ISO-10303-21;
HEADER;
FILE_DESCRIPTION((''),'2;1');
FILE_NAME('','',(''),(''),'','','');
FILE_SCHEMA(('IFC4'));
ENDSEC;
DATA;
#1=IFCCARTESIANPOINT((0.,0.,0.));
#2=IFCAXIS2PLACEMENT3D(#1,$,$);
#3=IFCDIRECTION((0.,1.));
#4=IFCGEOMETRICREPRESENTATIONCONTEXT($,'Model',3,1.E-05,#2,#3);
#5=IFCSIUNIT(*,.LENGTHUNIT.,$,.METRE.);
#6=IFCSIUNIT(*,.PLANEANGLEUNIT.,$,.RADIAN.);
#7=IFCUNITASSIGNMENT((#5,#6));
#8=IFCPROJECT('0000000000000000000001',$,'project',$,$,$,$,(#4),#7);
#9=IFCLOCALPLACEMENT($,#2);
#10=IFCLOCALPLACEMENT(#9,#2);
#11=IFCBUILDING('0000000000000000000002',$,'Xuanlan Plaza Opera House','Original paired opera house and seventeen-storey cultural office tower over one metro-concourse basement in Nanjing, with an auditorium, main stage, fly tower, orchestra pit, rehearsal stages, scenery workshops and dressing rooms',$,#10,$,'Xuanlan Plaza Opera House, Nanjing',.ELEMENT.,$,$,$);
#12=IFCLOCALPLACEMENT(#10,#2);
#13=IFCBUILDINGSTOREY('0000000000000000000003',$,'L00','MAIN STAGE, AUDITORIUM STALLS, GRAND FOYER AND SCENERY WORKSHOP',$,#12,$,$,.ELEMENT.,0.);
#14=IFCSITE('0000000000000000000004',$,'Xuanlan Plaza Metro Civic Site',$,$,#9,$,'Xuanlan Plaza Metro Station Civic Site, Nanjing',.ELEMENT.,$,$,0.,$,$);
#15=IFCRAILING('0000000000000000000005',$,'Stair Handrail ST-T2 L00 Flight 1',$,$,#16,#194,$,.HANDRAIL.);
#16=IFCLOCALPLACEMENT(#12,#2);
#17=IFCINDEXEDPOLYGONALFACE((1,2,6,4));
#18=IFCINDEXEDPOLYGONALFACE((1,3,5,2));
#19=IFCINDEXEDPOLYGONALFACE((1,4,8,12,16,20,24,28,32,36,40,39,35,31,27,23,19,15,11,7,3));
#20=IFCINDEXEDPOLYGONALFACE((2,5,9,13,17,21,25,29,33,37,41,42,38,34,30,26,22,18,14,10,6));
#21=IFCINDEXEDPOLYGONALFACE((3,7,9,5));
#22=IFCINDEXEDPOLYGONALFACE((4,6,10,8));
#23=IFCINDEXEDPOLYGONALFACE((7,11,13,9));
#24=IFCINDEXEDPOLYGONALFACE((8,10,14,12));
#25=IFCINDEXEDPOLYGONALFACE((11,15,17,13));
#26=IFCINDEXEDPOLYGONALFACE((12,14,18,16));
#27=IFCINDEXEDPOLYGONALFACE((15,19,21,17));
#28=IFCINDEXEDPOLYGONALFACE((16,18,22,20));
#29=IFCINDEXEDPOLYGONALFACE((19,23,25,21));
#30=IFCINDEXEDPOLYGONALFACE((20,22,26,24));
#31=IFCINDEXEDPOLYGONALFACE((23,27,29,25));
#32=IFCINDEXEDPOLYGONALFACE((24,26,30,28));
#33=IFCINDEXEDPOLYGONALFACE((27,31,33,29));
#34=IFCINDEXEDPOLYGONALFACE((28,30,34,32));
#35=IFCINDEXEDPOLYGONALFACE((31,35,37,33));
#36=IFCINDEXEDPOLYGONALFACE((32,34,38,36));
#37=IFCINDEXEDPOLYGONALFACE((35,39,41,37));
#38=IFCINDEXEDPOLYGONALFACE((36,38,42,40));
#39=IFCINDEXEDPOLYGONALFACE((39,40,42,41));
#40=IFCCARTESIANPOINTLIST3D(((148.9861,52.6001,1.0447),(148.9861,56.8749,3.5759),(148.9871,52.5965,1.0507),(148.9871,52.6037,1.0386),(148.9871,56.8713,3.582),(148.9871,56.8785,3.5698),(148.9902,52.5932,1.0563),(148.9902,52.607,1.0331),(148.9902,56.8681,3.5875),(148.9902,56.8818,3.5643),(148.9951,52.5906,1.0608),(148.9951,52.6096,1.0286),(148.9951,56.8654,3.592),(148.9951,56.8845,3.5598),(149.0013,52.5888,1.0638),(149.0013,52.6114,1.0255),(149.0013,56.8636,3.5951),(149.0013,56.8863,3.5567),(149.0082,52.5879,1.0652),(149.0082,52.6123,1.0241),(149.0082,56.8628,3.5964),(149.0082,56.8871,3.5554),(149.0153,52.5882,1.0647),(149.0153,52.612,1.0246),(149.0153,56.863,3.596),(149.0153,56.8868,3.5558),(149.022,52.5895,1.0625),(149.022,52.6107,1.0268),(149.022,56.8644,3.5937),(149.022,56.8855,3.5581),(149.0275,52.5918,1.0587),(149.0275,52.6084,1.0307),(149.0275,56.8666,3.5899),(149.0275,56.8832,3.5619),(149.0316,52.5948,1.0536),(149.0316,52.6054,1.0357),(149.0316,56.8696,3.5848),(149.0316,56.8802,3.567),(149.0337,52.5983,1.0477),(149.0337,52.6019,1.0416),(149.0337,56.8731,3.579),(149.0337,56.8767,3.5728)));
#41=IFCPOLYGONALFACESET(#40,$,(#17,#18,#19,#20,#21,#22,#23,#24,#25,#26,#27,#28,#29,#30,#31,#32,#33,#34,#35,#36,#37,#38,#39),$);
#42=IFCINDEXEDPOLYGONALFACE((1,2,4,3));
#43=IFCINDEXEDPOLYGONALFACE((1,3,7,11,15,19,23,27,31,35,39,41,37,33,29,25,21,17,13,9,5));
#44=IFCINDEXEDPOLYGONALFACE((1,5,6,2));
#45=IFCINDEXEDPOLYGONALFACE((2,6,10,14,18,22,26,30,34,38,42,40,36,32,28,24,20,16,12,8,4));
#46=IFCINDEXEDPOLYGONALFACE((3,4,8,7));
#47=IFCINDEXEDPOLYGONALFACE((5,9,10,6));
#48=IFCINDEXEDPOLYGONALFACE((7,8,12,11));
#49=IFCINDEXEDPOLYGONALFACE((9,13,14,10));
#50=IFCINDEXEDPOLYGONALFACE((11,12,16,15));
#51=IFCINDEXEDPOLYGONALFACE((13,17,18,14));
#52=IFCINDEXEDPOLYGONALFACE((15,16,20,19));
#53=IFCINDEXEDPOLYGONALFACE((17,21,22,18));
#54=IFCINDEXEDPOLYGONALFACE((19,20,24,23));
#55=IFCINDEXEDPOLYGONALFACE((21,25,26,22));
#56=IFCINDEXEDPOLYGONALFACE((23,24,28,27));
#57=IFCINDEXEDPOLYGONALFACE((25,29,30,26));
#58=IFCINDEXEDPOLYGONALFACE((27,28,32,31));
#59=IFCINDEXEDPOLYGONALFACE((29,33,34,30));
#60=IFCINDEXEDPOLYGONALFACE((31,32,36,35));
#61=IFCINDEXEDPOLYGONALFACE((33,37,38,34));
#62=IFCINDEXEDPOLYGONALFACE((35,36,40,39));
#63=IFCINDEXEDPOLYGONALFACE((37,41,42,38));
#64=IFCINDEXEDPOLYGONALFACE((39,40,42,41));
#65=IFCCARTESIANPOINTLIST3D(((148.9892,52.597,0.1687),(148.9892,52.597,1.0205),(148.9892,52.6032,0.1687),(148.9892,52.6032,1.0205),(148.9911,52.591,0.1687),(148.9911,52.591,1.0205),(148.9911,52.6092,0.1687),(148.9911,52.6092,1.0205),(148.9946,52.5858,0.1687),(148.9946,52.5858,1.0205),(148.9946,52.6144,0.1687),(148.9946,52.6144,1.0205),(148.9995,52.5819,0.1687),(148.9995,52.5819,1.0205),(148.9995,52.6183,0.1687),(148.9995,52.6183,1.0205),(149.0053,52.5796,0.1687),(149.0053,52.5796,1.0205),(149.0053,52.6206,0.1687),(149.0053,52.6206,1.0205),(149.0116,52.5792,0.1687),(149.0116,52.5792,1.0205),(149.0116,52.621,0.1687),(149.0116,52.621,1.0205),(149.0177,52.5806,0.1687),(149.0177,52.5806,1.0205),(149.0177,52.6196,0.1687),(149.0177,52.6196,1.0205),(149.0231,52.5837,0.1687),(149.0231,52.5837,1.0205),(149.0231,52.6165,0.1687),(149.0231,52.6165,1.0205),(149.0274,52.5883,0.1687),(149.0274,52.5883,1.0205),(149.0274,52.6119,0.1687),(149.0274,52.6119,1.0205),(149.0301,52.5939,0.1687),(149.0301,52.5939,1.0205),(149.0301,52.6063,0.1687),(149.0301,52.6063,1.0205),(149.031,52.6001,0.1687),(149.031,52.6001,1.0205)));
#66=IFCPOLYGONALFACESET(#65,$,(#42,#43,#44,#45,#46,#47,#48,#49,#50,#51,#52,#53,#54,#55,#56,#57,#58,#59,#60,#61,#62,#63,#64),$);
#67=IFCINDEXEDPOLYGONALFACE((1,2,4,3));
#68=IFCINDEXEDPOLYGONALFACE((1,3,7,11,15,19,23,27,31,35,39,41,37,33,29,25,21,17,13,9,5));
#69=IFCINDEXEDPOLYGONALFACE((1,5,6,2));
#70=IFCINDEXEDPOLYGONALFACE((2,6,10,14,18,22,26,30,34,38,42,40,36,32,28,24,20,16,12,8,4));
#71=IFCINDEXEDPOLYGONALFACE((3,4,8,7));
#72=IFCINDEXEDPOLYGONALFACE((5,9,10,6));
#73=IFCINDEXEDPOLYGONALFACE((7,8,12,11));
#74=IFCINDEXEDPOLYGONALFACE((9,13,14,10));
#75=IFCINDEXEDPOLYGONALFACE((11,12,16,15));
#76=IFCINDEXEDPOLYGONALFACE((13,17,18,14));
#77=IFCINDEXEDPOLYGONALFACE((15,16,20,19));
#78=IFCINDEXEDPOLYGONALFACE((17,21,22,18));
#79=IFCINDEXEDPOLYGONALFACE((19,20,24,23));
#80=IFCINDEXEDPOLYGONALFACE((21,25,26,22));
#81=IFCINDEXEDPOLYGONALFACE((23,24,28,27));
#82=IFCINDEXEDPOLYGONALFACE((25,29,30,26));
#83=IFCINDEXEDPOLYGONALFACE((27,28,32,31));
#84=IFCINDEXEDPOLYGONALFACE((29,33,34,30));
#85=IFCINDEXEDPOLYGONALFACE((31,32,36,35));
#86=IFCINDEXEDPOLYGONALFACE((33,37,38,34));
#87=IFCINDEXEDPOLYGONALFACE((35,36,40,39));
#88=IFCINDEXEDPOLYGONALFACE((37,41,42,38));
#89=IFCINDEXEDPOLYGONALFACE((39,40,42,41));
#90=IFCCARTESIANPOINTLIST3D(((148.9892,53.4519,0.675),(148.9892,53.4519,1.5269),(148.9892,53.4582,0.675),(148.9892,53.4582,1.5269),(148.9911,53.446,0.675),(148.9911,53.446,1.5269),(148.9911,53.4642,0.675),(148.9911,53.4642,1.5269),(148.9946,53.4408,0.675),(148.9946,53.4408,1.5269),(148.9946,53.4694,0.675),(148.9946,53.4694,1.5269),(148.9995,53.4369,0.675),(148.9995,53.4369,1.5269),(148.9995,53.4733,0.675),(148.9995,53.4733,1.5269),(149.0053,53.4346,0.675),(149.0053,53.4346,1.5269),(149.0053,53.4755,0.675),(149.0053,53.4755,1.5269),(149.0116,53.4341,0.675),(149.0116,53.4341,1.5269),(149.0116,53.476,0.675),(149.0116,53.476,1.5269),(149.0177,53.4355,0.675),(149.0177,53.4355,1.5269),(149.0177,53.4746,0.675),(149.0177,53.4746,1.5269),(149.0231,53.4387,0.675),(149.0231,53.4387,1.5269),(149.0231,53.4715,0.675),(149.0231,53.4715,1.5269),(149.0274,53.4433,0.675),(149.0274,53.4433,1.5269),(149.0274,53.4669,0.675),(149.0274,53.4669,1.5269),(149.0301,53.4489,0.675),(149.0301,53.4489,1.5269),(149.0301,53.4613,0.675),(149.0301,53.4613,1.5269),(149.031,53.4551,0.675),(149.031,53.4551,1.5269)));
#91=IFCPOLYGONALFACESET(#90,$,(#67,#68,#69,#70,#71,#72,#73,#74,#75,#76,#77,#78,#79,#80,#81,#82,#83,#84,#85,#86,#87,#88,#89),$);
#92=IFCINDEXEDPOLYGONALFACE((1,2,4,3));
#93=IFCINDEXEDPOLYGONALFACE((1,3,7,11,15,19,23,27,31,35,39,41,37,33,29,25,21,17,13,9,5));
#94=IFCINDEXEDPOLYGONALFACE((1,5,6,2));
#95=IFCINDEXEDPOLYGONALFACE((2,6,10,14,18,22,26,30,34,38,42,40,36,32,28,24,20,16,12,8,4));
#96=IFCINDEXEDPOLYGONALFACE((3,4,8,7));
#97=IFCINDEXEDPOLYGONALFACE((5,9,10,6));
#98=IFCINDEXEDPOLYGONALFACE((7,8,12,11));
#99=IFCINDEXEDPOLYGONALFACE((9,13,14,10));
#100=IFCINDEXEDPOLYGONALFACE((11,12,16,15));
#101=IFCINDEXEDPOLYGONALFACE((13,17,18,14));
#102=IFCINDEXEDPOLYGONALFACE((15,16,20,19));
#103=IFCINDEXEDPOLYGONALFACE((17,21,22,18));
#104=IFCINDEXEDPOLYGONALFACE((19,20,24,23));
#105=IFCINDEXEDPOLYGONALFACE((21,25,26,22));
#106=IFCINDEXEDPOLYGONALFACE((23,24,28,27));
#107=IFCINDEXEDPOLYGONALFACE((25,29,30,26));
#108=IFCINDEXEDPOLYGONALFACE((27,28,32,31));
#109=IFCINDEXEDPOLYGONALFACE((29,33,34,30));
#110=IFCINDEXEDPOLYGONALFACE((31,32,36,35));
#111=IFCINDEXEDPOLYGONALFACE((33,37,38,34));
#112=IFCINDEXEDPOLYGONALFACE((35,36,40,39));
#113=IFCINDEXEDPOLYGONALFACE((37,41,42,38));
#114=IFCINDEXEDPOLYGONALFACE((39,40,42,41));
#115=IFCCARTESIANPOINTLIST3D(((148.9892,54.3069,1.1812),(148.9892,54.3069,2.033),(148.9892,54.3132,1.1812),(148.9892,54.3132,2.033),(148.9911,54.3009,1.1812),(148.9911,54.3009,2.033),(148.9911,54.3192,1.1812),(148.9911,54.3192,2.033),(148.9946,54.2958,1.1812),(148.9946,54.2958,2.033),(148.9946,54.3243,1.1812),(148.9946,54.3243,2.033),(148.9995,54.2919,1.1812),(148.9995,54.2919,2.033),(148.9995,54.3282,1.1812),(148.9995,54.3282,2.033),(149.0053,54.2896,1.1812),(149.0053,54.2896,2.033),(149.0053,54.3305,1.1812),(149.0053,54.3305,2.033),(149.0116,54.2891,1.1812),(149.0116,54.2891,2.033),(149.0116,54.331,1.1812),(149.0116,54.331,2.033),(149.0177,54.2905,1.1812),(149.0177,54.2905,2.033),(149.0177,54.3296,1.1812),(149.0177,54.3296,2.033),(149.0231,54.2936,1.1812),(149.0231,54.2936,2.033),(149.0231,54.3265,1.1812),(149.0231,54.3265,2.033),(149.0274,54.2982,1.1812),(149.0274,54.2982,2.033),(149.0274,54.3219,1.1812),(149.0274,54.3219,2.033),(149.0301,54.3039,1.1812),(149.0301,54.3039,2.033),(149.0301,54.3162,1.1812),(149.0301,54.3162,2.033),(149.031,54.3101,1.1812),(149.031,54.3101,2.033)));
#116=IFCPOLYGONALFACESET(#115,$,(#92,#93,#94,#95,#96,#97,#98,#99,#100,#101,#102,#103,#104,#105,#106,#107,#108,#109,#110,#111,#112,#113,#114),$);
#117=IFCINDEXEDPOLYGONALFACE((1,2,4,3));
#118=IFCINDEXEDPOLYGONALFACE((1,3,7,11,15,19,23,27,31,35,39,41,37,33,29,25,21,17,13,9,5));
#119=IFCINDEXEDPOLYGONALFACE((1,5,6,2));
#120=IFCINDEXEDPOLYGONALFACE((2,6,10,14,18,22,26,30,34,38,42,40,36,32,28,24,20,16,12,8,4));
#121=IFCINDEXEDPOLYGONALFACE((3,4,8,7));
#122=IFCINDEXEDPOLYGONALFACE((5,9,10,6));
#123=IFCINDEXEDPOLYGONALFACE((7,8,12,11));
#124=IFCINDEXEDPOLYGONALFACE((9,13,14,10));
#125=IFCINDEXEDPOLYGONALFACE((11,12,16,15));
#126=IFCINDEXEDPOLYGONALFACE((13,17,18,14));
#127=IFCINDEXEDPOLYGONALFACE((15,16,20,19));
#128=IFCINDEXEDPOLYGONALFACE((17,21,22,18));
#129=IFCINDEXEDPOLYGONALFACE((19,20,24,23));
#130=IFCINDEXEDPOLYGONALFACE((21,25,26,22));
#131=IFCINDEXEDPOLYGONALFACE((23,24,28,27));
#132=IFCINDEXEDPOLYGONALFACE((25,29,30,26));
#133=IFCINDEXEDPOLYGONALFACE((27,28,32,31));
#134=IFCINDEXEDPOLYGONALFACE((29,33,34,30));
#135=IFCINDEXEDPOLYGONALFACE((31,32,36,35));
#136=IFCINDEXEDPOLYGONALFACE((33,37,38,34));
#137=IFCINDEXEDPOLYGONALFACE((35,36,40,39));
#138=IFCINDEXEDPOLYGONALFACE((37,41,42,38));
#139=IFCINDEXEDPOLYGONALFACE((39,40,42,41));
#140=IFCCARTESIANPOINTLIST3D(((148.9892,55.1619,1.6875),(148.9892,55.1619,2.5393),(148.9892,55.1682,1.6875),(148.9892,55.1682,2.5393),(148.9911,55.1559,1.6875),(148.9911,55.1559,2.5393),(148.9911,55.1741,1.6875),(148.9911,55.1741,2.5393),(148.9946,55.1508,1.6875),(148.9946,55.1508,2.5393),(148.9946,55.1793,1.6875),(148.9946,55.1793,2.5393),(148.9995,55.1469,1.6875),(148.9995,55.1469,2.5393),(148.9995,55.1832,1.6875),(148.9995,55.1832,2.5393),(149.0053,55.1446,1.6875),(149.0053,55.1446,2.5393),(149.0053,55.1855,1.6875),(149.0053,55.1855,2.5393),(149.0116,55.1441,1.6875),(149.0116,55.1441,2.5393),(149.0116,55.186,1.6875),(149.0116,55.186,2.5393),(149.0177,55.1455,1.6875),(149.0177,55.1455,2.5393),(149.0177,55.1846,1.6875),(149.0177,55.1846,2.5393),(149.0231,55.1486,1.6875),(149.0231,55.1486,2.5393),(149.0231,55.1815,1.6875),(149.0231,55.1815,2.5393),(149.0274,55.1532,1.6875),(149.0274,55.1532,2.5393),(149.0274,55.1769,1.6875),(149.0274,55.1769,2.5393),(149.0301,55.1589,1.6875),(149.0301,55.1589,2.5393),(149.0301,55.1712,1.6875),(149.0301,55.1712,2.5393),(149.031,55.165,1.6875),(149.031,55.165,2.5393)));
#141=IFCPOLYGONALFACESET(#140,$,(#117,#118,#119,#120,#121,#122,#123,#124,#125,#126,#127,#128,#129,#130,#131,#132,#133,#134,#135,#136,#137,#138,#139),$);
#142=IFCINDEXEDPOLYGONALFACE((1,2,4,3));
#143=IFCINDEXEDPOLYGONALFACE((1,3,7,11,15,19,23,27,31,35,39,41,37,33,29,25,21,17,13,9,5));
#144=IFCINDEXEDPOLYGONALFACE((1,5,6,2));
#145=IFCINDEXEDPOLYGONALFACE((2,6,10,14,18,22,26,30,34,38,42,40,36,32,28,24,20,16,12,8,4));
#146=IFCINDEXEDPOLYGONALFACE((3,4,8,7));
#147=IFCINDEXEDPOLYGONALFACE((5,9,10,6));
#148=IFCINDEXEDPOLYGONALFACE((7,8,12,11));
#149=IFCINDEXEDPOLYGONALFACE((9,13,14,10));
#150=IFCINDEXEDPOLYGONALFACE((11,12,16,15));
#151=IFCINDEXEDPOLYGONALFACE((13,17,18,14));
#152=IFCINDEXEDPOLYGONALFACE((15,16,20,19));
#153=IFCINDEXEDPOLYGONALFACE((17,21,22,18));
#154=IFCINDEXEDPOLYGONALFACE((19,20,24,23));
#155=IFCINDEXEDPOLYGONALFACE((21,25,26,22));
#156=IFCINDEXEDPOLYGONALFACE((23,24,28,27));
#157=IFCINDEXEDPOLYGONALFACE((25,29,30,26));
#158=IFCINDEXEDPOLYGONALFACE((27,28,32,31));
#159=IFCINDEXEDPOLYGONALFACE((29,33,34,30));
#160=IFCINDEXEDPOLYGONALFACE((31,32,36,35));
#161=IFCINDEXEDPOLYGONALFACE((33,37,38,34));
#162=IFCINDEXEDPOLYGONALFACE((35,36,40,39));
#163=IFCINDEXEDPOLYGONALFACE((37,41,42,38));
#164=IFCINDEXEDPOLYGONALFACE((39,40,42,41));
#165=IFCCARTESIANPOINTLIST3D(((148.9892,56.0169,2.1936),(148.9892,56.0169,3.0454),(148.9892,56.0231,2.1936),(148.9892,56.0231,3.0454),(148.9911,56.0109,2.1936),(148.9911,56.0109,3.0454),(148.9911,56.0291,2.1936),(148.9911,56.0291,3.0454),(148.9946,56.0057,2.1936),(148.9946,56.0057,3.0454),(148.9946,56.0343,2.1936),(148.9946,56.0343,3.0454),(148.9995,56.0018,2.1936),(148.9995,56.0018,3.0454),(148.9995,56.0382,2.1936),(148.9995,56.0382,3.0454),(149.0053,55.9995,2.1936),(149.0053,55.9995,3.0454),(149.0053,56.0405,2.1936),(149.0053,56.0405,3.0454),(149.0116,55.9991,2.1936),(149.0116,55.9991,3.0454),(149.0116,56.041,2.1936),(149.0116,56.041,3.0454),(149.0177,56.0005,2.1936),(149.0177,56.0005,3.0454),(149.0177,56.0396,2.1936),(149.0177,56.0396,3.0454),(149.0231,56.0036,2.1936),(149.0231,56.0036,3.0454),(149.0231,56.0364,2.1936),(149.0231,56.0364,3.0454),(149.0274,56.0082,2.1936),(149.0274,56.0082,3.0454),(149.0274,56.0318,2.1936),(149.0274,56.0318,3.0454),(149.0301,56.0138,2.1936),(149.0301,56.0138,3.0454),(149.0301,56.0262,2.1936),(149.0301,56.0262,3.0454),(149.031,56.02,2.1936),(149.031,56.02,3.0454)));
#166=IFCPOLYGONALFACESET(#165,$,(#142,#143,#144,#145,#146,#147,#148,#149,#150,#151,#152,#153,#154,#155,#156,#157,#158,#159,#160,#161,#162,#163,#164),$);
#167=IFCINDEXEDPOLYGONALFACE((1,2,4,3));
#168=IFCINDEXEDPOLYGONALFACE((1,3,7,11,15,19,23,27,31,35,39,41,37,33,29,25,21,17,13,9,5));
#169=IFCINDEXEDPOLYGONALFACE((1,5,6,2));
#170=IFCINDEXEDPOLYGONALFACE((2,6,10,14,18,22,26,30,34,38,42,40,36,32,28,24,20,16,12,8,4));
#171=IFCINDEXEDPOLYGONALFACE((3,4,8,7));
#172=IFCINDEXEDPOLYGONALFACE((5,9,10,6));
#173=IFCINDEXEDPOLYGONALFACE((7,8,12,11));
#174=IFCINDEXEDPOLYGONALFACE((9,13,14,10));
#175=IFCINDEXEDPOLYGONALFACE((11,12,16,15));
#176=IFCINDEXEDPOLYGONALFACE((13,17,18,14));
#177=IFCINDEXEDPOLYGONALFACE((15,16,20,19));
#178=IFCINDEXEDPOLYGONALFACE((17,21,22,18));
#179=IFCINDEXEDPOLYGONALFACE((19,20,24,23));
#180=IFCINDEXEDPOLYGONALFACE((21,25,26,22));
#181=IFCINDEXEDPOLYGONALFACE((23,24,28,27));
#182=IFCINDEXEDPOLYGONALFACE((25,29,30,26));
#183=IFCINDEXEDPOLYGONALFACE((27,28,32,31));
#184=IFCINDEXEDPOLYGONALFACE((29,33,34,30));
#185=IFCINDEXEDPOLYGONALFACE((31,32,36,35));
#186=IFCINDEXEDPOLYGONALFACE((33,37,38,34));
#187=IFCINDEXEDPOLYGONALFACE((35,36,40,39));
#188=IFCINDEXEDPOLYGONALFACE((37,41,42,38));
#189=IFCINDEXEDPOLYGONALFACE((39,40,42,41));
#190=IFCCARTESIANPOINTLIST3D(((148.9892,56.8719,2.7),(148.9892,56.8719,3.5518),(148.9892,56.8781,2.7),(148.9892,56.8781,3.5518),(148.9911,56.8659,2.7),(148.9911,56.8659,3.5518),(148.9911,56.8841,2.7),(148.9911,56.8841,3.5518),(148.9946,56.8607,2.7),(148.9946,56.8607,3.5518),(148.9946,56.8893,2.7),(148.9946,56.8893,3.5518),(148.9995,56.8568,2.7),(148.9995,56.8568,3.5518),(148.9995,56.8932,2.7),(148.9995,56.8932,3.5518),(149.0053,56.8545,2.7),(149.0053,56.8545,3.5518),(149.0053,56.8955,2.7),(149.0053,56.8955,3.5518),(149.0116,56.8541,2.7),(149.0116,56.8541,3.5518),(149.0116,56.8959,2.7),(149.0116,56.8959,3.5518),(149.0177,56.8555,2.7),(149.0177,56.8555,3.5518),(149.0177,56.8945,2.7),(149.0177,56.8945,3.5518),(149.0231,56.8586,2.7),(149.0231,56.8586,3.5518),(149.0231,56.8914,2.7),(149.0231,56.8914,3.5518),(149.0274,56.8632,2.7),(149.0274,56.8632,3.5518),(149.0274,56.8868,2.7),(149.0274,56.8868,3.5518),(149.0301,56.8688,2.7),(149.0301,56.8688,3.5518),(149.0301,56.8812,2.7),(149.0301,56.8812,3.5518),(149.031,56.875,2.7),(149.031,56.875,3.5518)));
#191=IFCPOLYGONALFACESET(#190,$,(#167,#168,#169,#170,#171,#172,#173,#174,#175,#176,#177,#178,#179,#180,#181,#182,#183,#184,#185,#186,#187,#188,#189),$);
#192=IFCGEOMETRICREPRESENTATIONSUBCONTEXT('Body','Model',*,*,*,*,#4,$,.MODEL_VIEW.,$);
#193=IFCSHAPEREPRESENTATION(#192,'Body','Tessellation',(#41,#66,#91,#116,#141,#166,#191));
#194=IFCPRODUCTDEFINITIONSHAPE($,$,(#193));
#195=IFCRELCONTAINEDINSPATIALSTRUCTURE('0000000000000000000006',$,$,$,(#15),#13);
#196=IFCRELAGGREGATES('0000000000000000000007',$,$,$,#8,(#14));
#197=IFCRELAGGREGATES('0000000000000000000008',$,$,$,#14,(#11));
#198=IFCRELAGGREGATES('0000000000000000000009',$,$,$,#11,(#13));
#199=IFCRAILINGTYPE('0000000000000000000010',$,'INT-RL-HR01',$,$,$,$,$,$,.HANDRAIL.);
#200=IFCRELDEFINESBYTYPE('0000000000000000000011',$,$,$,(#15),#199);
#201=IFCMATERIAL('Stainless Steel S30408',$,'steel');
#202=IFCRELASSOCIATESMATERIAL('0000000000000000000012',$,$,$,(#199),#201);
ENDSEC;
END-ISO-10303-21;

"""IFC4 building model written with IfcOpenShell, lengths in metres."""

from ifc_helpers import new_model, si_unit, direction, frame, origin, origin_2d, place, context, subcontext, project, spatial, circle, extrude, material, type_object, element, save


model = new_model("IFC4")

# Units and contexts
model_context = context("Model", 3, precision=1e-05, world=origin(), true_north=direction((0.0, 1.0)))
body_context = subcontext(model_context, "Body", "Model", "MODEL_VIEW")
ifc_project = project(units=[si_unit("LENGTHUNIT", "METRE"), si_unit("PLANEANGLEUNIT", "RADIAN")], contexts=[model_context])

# Site, building, storey
site_placement = place(None, origin())
site = spatial("IfcSite", under=ifc_project, at=site_placement, Name="Xuanlan Plaza Metro Civic Site", LongName="Xuanlan Plaza Metro Station Civic Site, Nanjing", CompositionType="ELEMENT", RefElevation=0.0)
building_placement = place(site_placement, origin())
building = spatial("IfcBuilding", under=site, at=building_placement, Name="Xuanlan Plaza Opera House", Description="Original paired opera house and seventeen-storey cultural office tower over one metro-concourse basement in Nanjing, with an auditorium, main stage, fly tower, orchestra pit, rehearsal stages, scenery workshops and dressing rooms", LongName="Xuanlan Plaza Opera House, Nanjing", CompositionType="ELEMENT")
storey_placement = place(building_placement, origin())
storey = spatial("IfcBuildingStorey", under=building, at=storey_placement, Name="L00", Description="MAIN STAGE, AUDITORIUM STALLS, GRAND FOYER AND SCENERY WORKSHOP", CompositionType="ELEMENT", Elevation=0.0)

# Shared definitions
ifc_material_1 = material(Name="Stainless Steel S30408", Category="steel")

# Railing
railing_type = type_object("IfcRailingType", Name="INT-RL-HR01", PredefinedType="HANDRAIL", material=ifc_material_1)
for number, where, name in (
    (1, (149.01, 52.6001, 0.1687), "Stair Handrail ST-T2 L00 Flight 1"),
):
    element("IfcRailing", number, at=place(storey_placement, frame(where)), inside=storey, type_object=railing_type, Name=name, PredefinedType="HANDRAIL", context=body_context, shape_type="SweptSolid", body=[
        extrude(circle(Radius=0.0239, at=origin_2d()), frame((0.0, 0.0, 0.876), z_axis=(0.0, 0.86047, 0.509501), x_axis=(-1.0, 0.0, 0.0)), (0.0, 0.0, 1.0), 4.968),
        extrude(circle(Radius=0.021, at=origin_2d()), origin(), (0.0, 0.0, 1.0), 0.8518),
        extrude(circle(Radius=0.021, at=origin_2d()), frame((0.0, 0.855, 0.5063)), (0.0, 0.0, 1.0), 0.8518),
        extrude(circle(Radius=0.021, at=origin_2d()), frame((0.0, 1.71, 1.0125)), (0.0, 0.0, 1.0), 0.8518),
        extrude(circle(Radius=0.021, at=origin_2d()), frame((0.0, 2.5649, 1.5188)), (0.0, 0.0, 1.0), 0.8518),
        extrude(circle(Radius=0.021, at=origin_2d()), frame((0.0, 3.4199, 2.0249)), (0.0, 0.0, 1.0), 0.8518),
        extrude(circle(Radius=0.021, at=origin_2d()), frame((0.0, 4.2749, 2.5312)), (0.0, 0.0, 1.0), 0.8518),
    ])

save(model, "model.ifc")
